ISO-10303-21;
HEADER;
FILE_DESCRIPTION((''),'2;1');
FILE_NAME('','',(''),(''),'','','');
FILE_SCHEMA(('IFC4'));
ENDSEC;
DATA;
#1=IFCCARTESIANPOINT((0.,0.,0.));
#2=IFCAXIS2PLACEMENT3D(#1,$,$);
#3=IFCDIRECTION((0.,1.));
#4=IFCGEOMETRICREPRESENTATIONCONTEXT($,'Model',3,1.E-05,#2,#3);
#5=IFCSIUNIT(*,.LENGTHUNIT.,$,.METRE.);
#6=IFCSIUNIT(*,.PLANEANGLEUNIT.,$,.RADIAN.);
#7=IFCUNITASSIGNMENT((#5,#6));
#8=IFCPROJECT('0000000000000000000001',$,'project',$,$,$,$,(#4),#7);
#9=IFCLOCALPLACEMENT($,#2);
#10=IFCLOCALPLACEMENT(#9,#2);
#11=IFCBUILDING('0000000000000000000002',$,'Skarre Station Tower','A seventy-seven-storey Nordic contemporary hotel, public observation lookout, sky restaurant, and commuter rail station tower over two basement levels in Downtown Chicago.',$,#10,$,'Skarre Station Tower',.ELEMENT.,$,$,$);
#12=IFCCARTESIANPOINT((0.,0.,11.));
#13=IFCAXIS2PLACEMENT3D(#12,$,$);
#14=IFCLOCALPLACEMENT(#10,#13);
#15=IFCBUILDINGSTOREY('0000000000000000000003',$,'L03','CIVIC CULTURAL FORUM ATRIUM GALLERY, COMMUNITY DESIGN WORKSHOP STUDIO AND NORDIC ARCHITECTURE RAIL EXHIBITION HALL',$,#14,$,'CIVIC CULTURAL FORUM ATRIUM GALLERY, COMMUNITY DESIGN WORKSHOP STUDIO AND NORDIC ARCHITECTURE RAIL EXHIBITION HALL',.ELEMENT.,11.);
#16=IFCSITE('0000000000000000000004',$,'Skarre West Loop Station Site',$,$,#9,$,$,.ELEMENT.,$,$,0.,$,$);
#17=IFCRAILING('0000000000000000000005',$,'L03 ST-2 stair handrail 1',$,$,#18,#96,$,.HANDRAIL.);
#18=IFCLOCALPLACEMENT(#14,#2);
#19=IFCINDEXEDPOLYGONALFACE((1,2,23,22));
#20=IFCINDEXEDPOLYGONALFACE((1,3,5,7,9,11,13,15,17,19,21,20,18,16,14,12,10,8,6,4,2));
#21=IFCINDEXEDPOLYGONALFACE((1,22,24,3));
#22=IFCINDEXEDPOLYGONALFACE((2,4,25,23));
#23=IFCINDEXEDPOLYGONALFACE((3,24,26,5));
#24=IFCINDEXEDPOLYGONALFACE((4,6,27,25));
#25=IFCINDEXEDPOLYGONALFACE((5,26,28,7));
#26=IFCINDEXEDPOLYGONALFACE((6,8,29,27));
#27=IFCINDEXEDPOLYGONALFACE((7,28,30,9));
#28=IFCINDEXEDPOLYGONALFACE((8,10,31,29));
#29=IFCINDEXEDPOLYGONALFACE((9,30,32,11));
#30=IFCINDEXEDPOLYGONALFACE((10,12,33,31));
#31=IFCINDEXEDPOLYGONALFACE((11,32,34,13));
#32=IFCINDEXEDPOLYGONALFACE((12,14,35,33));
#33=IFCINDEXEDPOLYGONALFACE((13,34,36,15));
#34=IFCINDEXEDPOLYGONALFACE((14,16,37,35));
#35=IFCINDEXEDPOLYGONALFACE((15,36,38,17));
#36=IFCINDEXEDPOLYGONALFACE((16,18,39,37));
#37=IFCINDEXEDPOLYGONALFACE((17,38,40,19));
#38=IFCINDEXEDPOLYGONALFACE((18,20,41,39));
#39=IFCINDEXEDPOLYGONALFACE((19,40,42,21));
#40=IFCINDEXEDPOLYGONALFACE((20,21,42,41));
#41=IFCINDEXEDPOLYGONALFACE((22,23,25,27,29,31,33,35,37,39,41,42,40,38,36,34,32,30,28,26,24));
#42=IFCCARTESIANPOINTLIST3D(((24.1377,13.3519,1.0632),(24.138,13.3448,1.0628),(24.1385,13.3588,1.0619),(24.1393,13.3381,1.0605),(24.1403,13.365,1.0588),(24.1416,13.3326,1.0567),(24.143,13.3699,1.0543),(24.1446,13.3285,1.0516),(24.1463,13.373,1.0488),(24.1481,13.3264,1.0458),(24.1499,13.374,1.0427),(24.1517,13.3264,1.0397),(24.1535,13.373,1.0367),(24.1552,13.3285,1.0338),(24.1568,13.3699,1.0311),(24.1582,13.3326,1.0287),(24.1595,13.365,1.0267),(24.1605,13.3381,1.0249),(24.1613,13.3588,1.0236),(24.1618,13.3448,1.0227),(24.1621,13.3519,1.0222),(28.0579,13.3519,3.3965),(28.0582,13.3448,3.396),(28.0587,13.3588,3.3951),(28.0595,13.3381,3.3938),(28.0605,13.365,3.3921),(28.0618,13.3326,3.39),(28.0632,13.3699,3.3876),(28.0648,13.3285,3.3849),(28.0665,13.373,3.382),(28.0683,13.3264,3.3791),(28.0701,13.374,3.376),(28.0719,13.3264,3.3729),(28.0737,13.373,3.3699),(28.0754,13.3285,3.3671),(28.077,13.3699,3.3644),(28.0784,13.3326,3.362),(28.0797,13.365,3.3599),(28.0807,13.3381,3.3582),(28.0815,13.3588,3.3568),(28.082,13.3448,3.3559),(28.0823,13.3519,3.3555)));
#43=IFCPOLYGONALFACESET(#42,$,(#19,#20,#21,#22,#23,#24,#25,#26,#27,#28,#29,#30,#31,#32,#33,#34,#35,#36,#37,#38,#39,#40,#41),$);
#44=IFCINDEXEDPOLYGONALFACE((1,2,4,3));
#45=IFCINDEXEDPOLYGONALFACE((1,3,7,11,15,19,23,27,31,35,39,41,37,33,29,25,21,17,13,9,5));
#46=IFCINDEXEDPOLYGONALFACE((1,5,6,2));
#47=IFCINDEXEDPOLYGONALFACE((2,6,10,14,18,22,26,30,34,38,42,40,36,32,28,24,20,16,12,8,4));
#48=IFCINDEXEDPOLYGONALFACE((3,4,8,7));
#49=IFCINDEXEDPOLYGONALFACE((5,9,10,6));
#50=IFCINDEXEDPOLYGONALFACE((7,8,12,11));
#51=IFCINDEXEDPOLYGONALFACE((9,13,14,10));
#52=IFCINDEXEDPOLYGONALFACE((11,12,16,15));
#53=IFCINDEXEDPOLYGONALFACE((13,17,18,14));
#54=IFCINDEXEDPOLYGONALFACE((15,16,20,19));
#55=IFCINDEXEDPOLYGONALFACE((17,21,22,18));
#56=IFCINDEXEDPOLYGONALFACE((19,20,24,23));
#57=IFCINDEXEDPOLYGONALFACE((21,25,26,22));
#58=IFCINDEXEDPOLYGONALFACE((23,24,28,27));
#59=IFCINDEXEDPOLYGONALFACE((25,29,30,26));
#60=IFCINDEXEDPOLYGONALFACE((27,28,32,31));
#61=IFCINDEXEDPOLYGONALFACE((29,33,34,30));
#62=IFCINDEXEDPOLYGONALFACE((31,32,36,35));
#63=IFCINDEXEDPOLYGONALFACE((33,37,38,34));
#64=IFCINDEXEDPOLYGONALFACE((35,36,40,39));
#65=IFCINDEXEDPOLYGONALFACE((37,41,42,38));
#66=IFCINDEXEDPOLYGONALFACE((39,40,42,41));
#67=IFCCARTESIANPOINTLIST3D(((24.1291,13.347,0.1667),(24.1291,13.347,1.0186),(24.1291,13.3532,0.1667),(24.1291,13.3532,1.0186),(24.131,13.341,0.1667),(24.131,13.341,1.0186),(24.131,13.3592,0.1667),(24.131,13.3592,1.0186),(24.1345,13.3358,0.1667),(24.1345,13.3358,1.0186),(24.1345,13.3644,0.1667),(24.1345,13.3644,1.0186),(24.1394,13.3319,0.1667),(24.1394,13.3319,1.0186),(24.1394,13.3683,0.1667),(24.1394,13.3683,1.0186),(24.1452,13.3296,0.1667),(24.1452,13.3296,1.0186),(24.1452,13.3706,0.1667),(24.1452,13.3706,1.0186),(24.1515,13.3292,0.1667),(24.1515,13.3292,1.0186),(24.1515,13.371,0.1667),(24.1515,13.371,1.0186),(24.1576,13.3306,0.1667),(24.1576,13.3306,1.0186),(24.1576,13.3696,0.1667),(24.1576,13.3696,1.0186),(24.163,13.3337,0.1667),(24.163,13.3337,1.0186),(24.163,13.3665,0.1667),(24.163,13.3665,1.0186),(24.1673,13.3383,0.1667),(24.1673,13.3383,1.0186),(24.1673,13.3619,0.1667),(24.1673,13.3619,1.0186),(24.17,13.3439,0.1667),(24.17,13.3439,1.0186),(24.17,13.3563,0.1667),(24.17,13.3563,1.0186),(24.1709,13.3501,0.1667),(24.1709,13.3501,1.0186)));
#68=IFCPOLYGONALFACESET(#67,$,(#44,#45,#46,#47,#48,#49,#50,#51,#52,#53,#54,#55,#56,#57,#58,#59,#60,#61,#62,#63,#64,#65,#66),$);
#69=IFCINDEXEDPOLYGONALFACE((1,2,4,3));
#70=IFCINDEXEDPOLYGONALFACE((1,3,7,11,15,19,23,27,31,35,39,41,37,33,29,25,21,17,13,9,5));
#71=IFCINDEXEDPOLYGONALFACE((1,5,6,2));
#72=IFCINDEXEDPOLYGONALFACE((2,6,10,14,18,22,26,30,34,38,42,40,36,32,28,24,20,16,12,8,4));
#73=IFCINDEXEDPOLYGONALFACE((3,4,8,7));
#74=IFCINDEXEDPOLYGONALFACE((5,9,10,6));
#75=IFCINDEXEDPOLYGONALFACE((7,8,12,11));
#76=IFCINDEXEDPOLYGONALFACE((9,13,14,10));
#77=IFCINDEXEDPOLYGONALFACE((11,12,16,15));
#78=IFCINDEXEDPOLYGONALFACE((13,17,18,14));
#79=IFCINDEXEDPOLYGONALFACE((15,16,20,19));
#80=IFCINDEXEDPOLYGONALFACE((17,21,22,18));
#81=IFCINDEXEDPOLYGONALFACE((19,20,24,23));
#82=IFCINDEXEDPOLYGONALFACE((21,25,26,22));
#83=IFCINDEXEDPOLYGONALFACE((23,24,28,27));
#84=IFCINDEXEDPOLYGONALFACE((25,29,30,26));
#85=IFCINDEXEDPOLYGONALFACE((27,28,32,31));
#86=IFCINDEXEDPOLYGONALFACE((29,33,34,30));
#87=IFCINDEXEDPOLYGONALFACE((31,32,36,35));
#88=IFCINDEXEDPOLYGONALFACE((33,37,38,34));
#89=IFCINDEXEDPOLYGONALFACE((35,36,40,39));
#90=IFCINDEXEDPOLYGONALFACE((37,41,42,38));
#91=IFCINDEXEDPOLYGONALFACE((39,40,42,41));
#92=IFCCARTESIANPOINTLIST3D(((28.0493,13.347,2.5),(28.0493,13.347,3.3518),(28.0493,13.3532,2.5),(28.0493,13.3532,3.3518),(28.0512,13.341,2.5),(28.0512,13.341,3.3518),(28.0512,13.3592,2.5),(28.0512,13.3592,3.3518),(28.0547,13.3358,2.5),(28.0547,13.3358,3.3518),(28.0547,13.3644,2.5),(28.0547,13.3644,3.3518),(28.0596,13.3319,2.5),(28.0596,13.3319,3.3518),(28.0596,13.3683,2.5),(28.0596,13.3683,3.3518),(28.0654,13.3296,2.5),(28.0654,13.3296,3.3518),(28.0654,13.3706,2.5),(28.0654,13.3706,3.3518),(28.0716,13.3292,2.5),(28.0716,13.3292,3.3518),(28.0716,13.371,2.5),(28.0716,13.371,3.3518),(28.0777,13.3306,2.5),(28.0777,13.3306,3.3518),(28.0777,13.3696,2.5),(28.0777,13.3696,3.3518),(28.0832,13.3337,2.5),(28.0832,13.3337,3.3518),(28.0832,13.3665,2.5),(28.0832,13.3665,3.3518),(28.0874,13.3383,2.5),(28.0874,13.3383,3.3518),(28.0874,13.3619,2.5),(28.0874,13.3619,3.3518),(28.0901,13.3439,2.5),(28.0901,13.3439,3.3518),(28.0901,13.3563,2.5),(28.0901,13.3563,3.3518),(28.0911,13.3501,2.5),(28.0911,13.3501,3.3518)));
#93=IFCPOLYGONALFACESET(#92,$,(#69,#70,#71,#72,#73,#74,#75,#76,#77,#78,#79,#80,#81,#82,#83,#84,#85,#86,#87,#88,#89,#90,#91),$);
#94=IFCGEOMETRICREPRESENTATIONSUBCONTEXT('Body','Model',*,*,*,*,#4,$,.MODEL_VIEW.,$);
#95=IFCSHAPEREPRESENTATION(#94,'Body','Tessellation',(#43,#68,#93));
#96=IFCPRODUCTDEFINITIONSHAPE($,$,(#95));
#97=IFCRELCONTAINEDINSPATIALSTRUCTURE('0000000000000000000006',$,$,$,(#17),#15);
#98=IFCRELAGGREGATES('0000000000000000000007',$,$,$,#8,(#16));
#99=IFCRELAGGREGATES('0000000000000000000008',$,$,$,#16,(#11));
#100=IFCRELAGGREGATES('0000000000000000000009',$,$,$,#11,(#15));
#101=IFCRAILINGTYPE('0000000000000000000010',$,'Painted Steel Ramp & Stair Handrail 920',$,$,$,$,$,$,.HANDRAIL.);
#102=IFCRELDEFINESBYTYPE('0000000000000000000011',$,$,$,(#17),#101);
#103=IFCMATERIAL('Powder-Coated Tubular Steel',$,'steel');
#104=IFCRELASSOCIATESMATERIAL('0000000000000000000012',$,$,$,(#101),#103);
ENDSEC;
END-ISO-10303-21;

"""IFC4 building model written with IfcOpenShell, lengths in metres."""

from ifc_helpers import new_model, si_unit, direction, frame, origin, origin_2d, place, context, subcontext, project, spatial, circle, extrude, material, type_object, element, save


model = new_model("IFC4")

# Units and contexts
model_context = context("Model", 3, precision=1e-05, world=origin(), true_north=direction((0.0, 1.0)))
body_context = subcontext(model_context, "Body", "Model", "MODEL_VIEW")
ifc_project = project(units=[si_unit("LENGTHUNIT", "METRE"), si_unit("PLANEANGLEUNIT", "RADIAN")], contexts=[model_context])

# Site, building, storey
site_placement = place(None, origin())
site = spatial("IfcSite", under=ifc_project, at=site_placement, Name="Skarre West Loop Station Site", CompositionType="ELEMENT", RefElevation=0.0)
building_placement = place(site_placement, origin())
building = spatial("IfcBuilding", under=site, at=building_placement, Name="Skarre Station Tower", Description="A seventy-seven-storey Nordic contemporary hotel, public observation lookout, sky restaurant, and commuter rail station tower over two basement levels in Downtown Chicago.", LongName="Skarre Station Tower", CompositionType="ELEMENT")
storey_placement = place(building_placement, frame((0.0, 0.0, 11.0)))
storey = spatial("IfcBuildingStorey", under=building, at=storey_placement, Name="L03", Description="CIVIC CULTURAL FORUM ATRIUM GALLERY, COMMUNITY DESIGN WORKSHOP STUDIO AND NORDIC ARCHITECTURE RAIL EXHIBITION HALL", LongName="CIVIC CULTURAL FORUM ATRIUM GALLERY, COMMUNITY DESIGN WORKSHOP STUDIO AND NORDIC ARCHITECTURE RAIL EXHIBITION HALL", CompositionType="ELEMENT", Elevation=11.0)

# Railing
ifc_material_1 = material(Name="Powder-Coated Tubular Steel", Category="steel")
railing_type = type_object("IfcRailingType", Name="Painted Steel Ramp & Stair Handrail 920", PredefinedType="HANDRAIL", material=ifc_material_1)
railing_placement = place(storey_placement, frame((24.1499, 13.3501, 0.1667)))
element("IfcRailing", 1, at=railing_placement, inside=storey, type_object=railing_type, Name="L03 ST-2 stair handrail 1", PredefinedType="HANDRAIL", context=body_context, shape_type="SweptSolid", body=[
    extrude(circle(Radius=0.0239, at=origin_2d()), frame((0.0, 0.0, 0.876), z_axis=(0.85931, 0.0, 0.511455), x_axis=(0.0, 1.0, 0.0)), (0.0, 0.0, 1.0), 4.562),
    extrude(circle(Radius=0.021, at=origin_2d()), origin(), (0.0, 0.0, 1.0), 0.8518),
    extrude(circle(Radius=0.021, at=origin_2d()), frame((3.9202, 0.0, 2.3333)), (0.0, 0.0, 1.0), 0.8518),
])

save(model, "model.ifc")
